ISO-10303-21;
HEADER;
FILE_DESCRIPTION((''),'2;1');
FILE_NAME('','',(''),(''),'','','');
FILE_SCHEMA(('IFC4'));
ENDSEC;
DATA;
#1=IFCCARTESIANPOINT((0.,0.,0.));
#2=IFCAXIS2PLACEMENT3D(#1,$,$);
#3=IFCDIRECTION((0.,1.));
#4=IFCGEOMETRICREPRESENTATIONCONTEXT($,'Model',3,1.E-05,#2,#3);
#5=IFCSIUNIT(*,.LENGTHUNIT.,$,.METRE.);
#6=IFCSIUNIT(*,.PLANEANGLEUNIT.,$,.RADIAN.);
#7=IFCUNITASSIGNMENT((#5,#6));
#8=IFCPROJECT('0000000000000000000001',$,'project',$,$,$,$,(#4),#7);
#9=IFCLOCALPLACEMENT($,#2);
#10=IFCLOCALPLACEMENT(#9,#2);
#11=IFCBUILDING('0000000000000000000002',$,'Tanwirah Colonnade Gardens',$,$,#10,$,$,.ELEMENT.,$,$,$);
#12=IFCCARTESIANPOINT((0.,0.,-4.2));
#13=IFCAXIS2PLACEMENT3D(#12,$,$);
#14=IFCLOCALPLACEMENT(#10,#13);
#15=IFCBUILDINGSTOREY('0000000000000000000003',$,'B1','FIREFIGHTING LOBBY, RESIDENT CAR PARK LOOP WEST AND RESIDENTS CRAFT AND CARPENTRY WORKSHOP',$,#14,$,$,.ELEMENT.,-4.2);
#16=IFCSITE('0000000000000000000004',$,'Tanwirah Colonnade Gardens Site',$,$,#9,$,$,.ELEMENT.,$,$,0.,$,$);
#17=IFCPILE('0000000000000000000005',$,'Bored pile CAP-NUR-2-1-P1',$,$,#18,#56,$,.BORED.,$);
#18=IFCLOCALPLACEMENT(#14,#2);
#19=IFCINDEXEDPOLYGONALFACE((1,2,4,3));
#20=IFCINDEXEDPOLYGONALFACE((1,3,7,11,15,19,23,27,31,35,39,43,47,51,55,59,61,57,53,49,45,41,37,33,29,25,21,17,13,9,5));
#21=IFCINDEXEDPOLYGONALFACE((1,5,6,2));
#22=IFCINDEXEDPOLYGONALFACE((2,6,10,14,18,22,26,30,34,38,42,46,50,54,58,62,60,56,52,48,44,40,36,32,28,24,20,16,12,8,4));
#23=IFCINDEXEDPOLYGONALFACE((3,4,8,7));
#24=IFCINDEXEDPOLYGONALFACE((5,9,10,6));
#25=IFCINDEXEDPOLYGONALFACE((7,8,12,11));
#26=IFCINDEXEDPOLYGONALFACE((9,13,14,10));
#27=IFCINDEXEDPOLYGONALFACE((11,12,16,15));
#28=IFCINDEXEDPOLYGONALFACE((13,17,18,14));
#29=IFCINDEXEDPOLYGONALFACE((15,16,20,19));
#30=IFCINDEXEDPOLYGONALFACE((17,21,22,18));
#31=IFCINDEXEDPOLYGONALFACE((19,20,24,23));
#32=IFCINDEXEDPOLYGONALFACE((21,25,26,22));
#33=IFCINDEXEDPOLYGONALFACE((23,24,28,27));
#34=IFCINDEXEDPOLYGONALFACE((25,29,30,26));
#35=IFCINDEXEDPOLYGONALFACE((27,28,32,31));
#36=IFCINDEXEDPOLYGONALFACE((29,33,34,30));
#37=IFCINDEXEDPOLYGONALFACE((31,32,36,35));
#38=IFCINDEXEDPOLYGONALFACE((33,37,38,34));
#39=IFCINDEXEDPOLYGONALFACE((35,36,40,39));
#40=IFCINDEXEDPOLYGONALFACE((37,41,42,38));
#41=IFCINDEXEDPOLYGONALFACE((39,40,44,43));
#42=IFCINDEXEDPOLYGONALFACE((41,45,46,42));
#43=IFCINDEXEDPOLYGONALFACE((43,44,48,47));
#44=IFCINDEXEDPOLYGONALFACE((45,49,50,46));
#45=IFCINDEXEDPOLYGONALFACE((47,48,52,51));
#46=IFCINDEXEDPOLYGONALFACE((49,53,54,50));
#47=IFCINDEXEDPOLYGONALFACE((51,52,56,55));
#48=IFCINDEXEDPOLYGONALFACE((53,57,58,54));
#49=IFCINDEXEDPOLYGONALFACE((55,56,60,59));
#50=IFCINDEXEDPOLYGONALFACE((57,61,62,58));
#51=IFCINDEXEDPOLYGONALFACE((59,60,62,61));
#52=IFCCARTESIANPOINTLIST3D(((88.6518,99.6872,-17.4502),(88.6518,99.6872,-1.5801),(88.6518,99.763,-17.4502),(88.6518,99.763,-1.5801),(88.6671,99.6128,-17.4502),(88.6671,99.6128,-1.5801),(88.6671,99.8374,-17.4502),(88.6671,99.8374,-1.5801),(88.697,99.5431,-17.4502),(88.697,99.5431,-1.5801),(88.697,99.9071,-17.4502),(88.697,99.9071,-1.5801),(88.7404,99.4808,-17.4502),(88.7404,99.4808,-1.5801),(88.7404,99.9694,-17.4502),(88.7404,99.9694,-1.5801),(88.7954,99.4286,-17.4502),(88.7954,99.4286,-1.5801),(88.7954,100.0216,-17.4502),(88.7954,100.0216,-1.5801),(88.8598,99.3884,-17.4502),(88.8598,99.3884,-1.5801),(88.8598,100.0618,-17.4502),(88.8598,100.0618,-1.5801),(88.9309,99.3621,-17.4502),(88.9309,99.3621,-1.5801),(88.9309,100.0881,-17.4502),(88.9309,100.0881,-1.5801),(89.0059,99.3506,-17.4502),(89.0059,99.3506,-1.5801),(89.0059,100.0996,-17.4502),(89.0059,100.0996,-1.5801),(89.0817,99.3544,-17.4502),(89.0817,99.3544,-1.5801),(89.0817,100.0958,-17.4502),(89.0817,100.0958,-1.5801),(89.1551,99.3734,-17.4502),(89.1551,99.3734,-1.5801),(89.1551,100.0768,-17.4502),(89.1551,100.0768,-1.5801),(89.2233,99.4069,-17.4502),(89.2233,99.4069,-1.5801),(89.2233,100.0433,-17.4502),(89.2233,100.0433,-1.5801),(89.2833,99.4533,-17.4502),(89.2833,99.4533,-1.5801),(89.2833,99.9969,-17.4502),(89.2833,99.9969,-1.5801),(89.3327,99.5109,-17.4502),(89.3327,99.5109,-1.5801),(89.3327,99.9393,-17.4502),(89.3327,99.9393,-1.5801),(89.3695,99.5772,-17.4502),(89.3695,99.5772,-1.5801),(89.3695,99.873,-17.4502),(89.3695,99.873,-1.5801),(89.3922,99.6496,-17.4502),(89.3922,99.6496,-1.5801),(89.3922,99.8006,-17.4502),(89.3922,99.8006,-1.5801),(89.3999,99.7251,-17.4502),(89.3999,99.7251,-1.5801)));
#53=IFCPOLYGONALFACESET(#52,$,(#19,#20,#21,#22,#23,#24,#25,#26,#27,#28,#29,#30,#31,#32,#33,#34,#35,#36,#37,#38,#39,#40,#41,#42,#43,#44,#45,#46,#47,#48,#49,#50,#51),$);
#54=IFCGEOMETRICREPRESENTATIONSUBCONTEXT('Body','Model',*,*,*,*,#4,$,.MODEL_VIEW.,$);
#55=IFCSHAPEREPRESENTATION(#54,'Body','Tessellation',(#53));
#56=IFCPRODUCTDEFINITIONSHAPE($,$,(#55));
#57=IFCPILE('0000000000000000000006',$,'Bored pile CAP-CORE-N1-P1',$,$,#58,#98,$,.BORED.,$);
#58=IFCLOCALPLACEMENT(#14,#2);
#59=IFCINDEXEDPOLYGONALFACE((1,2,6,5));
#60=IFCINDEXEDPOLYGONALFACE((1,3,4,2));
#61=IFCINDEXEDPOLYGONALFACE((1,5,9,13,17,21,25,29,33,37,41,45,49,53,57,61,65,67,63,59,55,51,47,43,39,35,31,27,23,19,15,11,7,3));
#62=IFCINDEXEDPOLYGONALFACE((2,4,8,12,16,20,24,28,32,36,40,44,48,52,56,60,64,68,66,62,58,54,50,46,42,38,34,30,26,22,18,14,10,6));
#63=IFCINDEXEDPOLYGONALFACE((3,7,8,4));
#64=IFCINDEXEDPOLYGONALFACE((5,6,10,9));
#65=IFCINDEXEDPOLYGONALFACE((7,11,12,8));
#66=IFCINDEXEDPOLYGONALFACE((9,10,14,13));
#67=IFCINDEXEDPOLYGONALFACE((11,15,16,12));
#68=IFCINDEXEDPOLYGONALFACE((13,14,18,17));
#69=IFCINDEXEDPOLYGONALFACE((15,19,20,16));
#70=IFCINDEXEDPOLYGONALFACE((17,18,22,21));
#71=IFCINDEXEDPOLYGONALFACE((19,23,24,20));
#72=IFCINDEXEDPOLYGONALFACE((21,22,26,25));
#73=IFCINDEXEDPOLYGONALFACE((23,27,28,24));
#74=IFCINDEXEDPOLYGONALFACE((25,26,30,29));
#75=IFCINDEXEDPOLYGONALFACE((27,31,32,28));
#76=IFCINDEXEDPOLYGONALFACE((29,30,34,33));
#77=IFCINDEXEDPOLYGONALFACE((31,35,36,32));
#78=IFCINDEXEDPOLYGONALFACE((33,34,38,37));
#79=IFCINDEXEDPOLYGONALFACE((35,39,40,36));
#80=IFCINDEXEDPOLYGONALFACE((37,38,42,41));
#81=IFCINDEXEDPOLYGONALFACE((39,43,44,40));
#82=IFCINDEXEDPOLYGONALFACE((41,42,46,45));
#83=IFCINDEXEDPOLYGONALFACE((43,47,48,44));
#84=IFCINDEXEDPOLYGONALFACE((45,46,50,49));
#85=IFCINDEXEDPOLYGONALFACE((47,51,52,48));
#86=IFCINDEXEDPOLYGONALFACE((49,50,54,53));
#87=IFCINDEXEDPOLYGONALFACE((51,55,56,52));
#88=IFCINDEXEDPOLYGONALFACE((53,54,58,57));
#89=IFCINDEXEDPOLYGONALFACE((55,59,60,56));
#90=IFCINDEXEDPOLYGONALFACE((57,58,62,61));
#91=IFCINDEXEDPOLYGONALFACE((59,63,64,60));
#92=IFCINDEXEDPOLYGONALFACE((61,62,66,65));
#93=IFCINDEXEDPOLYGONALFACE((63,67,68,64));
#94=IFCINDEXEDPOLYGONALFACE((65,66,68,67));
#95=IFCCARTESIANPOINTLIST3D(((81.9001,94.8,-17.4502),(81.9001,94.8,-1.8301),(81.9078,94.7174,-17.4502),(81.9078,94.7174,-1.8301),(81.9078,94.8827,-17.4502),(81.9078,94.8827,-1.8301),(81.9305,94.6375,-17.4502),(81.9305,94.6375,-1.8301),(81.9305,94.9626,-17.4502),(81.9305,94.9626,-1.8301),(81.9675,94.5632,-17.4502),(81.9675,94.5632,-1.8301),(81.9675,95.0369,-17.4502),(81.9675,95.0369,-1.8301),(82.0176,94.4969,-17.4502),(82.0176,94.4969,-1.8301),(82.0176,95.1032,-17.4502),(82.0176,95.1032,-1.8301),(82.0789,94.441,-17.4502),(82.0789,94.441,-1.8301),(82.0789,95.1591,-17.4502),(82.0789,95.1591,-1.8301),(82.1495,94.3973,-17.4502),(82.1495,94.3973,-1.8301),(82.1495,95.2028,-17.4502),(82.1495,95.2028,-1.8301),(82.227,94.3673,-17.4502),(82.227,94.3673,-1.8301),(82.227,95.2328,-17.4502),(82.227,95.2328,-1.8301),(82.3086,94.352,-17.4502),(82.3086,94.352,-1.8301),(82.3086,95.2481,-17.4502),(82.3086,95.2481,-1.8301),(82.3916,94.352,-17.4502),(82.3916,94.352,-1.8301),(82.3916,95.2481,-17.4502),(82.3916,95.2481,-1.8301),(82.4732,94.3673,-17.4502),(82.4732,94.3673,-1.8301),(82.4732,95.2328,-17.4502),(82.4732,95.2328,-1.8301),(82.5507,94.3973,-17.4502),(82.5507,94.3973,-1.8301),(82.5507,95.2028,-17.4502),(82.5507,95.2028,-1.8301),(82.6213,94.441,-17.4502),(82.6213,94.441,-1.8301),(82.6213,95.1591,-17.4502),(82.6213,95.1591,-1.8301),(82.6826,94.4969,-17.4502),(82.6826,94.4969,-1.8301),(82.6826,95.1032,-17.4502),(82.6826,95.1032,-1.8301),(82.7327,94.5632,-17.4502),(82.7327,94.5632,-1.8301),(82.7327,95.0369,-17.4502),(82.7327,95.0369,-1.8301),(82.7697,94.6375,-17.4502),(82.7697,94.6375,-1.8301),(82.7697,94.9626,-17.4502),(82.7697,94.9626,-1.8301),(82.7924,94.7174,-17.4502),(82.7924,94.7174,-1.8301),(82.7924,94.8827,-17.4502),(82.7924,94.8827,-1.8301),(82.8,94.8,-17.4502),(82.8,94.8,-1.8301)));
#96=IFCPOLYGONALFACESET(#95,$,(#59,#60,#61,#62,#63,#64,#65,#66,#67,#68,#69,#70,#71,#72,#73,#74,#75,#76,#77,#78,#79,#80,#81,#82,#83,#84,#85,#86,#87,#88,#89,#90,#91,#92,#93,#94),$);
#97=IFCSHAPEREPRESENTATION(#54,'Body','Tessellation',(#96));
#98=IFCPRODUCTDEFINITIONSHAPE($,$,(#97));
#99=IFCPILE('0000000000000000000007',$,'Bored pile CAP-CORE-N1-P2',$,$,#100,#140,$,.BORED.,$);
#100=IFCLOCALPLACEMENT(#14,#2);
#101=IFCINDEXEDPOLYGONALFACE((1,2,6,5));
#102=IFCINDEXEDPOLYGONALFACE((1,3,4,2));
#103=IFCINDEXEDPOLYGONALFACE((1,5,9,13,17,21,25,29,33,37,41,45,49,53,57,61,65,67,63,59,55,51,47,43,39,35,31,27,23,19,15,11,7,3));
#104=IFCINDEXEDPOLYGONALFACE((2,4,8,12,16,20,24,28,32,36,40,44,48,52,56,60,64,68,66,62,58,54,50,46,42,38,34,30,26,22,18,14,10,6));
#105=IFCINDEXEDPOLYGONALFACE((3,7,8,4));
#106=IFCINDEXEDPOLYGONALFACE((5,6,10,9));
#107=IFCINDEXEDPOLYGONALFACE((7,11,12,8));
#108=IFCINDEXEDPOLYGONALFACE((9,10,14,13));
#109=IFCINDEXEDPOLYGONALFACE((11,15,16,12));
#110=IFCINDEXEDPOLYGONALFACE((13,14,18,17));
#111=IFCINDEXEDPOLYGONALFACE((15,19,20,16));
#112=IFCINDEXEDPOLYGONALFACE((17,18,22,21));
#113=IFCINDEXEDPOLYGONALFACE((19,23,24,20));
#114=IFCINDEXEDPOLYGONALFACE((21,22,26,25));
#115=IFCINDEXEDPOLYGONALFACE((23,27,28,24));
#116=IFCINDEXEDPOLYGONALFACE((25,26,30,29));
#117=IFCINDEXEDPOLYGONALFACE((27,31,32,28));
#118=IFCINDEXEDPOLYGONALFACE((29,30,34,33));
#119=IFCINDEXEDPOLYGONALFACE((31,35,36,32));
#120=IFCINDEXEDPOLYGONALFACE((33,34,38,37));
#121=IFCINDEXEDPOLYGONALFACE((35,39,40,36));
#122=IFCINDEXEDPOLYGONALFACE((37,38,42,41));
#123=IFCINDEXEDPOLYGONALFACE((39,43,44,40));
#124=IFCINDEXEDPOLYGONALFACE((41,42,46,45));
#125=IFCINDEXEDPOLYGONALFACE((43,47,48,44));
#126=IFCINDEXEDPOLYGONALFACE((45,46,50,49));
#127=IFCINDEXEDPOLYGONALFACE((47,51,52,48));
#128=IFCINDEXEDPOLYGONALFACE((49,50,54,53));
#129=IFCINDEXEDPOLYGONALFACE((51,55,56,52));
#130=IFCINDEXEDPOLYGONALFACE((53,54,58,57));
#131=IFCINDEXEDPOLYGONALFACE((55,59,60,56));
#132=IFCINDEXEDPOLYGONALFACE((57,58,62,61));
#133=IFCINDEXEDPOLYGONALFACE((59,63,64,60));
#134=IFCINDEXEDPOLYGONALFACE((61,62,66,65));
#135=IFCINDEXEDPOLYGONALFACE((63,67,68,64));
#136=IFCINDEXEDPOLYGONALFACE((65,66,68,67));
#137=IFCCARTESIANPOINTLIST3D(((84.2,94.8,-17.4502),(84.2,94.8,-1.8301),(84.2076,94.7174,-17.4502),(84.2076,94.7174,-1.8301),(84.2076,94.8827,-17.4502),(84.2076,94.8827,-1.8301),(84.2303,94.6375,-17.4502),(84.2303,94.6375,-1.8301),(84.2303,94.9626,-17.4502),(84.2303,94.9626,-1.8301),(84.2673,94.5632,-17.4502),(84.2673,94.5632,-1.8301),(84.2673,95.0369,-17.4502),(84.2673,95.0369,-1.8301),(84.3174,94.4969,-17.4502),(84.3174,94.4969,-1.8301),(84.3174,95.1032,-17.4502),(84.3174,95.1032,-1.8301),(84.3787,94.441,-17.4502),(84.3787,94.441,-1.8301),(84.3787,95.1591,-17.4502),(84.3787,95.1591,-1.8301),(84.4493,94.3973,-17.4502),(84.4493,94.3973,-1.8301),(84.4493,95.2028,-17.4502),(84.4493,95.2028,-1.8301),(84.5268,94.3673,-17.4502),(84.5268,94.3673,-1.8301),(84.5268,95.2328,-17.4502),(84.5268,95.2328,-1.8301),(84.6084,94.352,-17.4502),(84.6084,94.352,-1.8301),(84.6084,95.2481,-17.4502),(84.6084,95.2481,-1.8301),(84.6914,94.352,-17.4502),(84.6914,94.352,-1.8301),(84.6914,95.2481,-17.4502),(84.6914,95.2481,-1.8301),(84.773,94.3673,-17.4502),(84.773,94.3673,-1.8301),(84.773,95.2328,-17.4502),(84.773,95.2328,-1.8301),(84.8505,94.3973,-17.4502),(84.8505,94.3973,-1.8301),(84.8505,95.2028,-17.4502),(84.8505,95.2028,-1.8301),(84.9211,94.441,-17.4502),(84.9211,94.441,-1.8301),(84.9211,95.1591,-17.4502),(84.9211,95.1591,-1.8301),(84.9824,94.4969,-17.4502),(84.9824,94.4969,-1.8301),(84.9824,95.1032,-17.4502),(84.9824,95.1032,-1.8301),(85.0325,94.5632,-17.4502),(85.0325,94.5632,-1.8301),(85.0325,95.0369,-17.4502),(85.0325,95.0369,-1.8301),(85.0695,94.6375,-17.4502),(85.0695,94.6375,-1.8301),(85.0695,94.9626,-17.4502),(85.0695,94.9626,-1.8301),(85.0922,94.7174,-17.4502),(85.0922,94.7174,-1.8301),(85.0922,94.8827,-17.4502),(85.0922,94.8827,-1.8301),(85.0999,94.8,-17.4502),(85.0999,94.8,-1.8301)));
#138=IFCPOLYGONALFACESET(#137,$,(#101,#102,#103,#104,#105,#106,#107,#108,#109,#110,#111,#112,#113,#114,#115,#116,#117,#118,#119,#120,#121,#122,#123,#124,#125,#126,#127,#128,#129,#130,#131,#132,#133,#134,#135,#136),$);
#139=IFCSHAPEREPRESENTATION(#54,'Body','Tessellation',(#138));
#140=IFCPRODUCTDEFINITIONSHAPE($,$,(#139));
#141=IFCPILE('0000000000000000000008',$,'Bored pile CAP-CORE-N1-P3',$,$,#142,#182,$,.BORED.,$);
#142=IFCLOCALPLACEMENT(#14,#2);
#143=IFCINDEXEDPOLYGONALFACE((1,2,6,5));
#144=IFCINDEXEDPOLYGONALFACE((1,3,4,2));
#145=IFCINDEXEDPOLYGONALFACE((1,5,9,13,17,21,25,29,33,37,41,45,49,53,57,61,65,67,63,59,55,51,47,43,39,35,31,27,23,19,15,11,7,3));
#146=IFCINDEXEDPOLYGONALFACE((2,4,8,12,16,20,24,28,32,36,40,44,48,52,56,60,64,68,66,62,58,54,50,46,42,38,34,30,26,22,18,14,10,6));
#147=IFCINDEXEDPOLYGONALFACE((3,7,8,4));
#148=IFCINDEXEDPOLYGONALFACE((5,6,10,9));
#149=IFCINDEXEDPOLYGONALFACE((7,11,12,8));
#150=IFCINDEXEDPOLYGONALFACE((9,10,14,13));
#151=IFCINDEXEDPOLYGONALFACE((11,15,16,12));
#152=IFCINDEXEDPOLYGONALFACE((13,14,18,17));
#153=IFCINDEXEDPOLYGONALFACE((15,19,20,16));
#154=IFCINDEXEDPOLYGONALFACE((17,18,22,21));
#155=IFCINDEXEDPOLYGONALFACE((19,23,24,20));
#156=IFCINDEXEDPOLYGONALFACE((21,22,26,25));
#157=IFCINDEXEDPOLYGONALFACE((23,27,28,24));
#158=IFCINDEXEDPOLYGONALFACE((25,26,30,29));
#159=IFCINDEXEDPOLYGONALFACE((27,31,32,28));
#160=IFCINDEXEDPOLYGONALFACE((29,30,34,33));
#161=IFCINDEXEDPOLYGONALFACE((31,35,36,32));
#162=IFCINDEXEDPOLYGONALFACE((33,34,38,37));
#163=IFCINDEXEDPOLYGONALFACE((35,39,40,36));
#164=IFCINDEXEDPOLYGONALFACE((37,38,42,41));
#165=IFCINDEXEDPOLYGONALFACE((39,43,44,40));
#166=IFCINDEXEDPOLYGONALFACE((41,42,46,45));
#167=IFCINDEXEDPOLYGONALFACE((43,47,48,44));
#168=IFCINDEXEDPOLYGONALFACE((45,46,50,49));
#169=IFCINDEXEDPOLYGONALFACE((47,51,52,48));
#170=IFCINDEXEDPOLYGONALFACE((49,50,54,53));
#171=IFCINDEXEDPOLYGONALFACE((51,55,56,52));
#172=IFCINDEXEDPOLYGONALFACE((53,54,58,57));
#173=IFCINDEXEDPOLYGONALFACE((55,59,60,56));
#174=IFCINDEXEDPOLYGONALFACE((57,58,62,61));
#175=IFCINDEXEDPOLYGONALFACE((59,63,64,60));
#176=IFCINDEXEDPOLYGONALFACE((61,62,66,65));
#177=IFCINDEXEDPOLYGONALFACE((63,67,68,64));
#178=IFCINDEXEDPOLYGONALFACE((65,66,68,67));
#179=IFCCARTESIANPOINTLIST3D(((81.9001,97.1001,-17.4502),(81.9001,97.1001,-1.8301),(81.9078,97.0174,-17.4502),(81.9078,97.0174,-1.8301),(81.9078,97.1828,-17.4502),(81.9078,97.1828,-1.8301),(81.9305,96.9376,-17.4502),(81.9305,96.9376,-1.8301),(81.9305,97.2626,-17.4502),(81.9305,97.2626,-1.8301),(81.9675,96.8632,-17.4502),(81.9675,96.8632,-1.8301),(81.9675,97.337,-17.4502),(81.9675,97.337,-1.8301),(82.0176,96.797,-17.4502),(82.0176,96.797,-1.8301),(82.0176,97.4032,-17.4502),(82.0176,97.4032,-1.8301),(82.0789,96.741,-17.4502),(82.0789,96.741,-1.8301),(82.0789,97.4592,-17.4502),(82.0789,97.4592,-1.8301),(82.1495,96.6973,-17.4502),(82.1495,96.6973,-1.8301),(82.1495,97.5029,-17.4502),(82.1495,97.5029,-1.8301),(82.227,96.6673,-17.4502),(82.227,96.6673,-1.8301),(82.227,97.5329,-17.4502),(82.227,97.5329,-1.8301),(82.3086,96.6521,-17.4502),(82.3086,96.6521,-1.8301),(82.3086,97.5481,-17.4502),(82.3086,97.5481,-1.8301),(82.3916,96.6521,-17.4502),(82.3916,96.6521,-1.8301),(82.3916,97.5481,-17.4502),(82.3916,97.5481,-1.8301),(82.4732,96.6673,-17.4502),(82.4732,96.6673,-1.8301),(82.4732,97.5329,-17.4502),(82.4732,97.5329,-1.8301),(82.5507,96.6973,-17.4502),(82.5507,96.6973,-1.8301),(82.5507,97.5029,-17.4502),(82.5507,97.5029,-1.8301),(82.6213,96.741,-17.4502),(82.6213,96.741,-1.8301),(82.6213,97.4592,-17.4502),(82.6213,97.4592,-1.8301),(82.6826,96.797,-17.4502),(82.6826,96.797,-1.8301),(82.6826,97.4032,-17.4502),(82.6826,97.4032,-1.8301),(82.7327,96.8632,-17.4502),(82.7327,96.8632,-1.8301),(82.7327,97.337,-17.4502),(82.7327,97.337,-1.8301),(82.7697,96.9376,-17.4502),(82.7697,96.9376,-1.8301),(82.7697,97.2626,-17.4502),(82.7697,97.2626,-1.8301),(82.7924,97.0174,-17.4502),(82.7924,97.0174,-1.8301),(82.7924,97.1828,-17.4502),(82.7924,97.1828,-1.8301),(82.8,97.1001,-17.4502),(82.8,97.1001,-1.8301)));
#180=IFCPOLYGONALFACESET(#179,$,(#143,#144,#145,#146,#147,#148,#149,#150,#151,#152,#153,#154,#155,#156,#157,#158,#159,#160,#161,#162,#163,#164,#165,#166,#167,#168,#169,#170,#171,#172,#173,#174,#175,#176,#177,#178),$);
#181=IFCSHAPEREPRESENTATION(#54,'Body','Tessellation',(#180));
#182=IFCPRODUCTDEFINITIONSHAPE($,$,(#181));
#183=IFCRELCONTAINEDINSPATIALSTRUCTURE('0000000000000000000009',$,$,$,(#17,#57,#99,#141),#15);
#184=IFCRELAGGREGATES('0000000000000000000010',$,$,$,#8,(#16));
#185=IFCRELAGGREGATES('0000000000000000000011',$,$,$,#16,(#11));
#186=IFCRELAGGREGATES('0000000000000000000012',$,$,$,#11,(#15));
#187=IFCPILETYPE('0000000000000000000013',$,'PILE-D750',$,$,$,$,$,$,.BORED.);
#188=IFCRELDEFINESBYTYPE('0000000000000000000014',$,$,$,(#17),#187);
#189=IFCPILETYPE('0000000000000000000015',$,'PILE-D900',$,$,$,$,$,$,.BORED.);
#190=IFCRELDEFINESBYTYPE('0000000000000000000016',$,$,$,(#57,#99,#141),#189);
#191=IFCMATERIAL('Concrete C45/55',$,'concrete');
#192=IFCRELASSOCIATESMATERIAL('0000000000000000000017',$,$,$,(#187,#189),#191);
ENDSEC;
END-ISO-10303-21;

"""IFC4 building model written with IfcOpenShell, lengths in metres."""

from ifc_helpers import new_model, si_unit, direction, frame, origin, origin_2d, place, context, subcontext, project, spatial, circle, extrude, material, material_profile, profile_set, type_object, element, save


model = new_model("IFC4")

# Units and contexts
model_context = context("Model", 3, precision=1e-05, world=origin(), true_north=direction((0.0, 1.0)))
body_context = subcontext(model_context, "Body", "Model", "MODEL_VIEW")
ifc_project = project(units=[si_unit("LENGTHUNIT", "METRE"), si_unit("PLANEANGLEUNIT", "RADIAN")], contexts=[model_context])

# Site, building, storey
site_placement = place(None, origin())
site = spatial("IfcSite", under=ifc_project, at=site_placement, Name="Tanwirah Colonnade Gardens Site", CompositionType="ELEMENT", RefElevation=0.0)
building_placement = place(site_placement, origin())
building = spatial("IfcBuilding", under=site, at=building_placement, Name="Tanwirah Colonnade Gardens", CompositionType="ELEMENT")
storey_placement = place(building_placement, frame((0.0, 0.0, -4.2)))
storey = spatial("IfcBuildingStorey", under=building, at=storey_placement, Name="B1", Description="FIREFIGHTING LOBBY, RESIDENT CAR PARK LOOP WEST AND RESIDENTS CRAFT AND CARPENTRY WORKSHOP", CompositionType="ELEMENT", Elevation=-4.2)

# Shared definitions
ifc_material = material(Name="Concrete C45/55", Category="concrete")

# Piles
ifc_material_profile_1 = material_profile(ifc_material, circle(Radius=0.375, at=origin_2d()), Name="PILE D750")
ifc_profile_set_1 = profile_set([ifc_material_profile_1], Name="Concrete C45/55")
pile_type_1 = type_object("IfcPileType", Name="PILE-D750", PredefinedType="BORED", material=ifc_profile_set_1)
for number, where, z_axis, x_axis, name in (
    (1, (89.0249, 99.7251, -1.5801), (0.0, 0.0, -1.0), (1.0, 0.0, 0.0), "Bored pile CAP-NUR-2-1-P1"),
):
    element("IfcPile", number, at=place(storey_placement, frame(where, z_axis=z_axis, x_axis=x_axis)), inside=storey, type_object=pile_type_1, Name=name, PredefinedType="BORED", context=body_context, shape_type="SweptSolid", body=[
        extrude(circle(Radius=0.375, at=origin_2d()), origin(), (0.0, 0.0, 1.0), 15.8701),
    ])
ifc_material_profile_2 = material_profile(ifc_material, circle(Radius=0.45, at=origin_2d()), Name="PILE D900")
ifc_profile_set_2 = profile_set([ifc_material_profile_2], Name="Concrete C45/55")
pile_type_2 = type_object("IfcPileType", Name="PILE-D900", PredefinedType="BORED", material=ifc_profile_set_2)
for number, where, z_axis, x_axis, name in (
    (2, (82.3501, 94.8, -1.8301), (0.0, 0.0, -1.0), (1.0, 0.0, 0.0), "Bored pile CAP-CORE-N1-P1"),
    (3, (84.6499, 94.8, -1.8301), (0.0, 0.0, -1.0), (1.0, 0.0, 0.0), "Bored pile CAP-CORE-N1-P2"),
    (4, (82.3501, 97.1001, -1.8301), (0.0, 0.0, -1.0), (1.0, 0.0, 0.0), "Bored pile CAP-CORE-N1-P3"),
):
    element("IfcPile", number, at=place(storey_placement, frame(where, z_axis=z_axis, x_axis=x_axis)), inside=storey, type_object=pile_type_2, Name=name, PredefinedType="BORED", context=body_context, shape_type="SweptSolid", body=[
        extrude(circle(Radius=0.45, at=origin_2d()), origin(), (0.0, 0.0, 1.0), 15.6201),
    ])

save(model, "model.ifc")
